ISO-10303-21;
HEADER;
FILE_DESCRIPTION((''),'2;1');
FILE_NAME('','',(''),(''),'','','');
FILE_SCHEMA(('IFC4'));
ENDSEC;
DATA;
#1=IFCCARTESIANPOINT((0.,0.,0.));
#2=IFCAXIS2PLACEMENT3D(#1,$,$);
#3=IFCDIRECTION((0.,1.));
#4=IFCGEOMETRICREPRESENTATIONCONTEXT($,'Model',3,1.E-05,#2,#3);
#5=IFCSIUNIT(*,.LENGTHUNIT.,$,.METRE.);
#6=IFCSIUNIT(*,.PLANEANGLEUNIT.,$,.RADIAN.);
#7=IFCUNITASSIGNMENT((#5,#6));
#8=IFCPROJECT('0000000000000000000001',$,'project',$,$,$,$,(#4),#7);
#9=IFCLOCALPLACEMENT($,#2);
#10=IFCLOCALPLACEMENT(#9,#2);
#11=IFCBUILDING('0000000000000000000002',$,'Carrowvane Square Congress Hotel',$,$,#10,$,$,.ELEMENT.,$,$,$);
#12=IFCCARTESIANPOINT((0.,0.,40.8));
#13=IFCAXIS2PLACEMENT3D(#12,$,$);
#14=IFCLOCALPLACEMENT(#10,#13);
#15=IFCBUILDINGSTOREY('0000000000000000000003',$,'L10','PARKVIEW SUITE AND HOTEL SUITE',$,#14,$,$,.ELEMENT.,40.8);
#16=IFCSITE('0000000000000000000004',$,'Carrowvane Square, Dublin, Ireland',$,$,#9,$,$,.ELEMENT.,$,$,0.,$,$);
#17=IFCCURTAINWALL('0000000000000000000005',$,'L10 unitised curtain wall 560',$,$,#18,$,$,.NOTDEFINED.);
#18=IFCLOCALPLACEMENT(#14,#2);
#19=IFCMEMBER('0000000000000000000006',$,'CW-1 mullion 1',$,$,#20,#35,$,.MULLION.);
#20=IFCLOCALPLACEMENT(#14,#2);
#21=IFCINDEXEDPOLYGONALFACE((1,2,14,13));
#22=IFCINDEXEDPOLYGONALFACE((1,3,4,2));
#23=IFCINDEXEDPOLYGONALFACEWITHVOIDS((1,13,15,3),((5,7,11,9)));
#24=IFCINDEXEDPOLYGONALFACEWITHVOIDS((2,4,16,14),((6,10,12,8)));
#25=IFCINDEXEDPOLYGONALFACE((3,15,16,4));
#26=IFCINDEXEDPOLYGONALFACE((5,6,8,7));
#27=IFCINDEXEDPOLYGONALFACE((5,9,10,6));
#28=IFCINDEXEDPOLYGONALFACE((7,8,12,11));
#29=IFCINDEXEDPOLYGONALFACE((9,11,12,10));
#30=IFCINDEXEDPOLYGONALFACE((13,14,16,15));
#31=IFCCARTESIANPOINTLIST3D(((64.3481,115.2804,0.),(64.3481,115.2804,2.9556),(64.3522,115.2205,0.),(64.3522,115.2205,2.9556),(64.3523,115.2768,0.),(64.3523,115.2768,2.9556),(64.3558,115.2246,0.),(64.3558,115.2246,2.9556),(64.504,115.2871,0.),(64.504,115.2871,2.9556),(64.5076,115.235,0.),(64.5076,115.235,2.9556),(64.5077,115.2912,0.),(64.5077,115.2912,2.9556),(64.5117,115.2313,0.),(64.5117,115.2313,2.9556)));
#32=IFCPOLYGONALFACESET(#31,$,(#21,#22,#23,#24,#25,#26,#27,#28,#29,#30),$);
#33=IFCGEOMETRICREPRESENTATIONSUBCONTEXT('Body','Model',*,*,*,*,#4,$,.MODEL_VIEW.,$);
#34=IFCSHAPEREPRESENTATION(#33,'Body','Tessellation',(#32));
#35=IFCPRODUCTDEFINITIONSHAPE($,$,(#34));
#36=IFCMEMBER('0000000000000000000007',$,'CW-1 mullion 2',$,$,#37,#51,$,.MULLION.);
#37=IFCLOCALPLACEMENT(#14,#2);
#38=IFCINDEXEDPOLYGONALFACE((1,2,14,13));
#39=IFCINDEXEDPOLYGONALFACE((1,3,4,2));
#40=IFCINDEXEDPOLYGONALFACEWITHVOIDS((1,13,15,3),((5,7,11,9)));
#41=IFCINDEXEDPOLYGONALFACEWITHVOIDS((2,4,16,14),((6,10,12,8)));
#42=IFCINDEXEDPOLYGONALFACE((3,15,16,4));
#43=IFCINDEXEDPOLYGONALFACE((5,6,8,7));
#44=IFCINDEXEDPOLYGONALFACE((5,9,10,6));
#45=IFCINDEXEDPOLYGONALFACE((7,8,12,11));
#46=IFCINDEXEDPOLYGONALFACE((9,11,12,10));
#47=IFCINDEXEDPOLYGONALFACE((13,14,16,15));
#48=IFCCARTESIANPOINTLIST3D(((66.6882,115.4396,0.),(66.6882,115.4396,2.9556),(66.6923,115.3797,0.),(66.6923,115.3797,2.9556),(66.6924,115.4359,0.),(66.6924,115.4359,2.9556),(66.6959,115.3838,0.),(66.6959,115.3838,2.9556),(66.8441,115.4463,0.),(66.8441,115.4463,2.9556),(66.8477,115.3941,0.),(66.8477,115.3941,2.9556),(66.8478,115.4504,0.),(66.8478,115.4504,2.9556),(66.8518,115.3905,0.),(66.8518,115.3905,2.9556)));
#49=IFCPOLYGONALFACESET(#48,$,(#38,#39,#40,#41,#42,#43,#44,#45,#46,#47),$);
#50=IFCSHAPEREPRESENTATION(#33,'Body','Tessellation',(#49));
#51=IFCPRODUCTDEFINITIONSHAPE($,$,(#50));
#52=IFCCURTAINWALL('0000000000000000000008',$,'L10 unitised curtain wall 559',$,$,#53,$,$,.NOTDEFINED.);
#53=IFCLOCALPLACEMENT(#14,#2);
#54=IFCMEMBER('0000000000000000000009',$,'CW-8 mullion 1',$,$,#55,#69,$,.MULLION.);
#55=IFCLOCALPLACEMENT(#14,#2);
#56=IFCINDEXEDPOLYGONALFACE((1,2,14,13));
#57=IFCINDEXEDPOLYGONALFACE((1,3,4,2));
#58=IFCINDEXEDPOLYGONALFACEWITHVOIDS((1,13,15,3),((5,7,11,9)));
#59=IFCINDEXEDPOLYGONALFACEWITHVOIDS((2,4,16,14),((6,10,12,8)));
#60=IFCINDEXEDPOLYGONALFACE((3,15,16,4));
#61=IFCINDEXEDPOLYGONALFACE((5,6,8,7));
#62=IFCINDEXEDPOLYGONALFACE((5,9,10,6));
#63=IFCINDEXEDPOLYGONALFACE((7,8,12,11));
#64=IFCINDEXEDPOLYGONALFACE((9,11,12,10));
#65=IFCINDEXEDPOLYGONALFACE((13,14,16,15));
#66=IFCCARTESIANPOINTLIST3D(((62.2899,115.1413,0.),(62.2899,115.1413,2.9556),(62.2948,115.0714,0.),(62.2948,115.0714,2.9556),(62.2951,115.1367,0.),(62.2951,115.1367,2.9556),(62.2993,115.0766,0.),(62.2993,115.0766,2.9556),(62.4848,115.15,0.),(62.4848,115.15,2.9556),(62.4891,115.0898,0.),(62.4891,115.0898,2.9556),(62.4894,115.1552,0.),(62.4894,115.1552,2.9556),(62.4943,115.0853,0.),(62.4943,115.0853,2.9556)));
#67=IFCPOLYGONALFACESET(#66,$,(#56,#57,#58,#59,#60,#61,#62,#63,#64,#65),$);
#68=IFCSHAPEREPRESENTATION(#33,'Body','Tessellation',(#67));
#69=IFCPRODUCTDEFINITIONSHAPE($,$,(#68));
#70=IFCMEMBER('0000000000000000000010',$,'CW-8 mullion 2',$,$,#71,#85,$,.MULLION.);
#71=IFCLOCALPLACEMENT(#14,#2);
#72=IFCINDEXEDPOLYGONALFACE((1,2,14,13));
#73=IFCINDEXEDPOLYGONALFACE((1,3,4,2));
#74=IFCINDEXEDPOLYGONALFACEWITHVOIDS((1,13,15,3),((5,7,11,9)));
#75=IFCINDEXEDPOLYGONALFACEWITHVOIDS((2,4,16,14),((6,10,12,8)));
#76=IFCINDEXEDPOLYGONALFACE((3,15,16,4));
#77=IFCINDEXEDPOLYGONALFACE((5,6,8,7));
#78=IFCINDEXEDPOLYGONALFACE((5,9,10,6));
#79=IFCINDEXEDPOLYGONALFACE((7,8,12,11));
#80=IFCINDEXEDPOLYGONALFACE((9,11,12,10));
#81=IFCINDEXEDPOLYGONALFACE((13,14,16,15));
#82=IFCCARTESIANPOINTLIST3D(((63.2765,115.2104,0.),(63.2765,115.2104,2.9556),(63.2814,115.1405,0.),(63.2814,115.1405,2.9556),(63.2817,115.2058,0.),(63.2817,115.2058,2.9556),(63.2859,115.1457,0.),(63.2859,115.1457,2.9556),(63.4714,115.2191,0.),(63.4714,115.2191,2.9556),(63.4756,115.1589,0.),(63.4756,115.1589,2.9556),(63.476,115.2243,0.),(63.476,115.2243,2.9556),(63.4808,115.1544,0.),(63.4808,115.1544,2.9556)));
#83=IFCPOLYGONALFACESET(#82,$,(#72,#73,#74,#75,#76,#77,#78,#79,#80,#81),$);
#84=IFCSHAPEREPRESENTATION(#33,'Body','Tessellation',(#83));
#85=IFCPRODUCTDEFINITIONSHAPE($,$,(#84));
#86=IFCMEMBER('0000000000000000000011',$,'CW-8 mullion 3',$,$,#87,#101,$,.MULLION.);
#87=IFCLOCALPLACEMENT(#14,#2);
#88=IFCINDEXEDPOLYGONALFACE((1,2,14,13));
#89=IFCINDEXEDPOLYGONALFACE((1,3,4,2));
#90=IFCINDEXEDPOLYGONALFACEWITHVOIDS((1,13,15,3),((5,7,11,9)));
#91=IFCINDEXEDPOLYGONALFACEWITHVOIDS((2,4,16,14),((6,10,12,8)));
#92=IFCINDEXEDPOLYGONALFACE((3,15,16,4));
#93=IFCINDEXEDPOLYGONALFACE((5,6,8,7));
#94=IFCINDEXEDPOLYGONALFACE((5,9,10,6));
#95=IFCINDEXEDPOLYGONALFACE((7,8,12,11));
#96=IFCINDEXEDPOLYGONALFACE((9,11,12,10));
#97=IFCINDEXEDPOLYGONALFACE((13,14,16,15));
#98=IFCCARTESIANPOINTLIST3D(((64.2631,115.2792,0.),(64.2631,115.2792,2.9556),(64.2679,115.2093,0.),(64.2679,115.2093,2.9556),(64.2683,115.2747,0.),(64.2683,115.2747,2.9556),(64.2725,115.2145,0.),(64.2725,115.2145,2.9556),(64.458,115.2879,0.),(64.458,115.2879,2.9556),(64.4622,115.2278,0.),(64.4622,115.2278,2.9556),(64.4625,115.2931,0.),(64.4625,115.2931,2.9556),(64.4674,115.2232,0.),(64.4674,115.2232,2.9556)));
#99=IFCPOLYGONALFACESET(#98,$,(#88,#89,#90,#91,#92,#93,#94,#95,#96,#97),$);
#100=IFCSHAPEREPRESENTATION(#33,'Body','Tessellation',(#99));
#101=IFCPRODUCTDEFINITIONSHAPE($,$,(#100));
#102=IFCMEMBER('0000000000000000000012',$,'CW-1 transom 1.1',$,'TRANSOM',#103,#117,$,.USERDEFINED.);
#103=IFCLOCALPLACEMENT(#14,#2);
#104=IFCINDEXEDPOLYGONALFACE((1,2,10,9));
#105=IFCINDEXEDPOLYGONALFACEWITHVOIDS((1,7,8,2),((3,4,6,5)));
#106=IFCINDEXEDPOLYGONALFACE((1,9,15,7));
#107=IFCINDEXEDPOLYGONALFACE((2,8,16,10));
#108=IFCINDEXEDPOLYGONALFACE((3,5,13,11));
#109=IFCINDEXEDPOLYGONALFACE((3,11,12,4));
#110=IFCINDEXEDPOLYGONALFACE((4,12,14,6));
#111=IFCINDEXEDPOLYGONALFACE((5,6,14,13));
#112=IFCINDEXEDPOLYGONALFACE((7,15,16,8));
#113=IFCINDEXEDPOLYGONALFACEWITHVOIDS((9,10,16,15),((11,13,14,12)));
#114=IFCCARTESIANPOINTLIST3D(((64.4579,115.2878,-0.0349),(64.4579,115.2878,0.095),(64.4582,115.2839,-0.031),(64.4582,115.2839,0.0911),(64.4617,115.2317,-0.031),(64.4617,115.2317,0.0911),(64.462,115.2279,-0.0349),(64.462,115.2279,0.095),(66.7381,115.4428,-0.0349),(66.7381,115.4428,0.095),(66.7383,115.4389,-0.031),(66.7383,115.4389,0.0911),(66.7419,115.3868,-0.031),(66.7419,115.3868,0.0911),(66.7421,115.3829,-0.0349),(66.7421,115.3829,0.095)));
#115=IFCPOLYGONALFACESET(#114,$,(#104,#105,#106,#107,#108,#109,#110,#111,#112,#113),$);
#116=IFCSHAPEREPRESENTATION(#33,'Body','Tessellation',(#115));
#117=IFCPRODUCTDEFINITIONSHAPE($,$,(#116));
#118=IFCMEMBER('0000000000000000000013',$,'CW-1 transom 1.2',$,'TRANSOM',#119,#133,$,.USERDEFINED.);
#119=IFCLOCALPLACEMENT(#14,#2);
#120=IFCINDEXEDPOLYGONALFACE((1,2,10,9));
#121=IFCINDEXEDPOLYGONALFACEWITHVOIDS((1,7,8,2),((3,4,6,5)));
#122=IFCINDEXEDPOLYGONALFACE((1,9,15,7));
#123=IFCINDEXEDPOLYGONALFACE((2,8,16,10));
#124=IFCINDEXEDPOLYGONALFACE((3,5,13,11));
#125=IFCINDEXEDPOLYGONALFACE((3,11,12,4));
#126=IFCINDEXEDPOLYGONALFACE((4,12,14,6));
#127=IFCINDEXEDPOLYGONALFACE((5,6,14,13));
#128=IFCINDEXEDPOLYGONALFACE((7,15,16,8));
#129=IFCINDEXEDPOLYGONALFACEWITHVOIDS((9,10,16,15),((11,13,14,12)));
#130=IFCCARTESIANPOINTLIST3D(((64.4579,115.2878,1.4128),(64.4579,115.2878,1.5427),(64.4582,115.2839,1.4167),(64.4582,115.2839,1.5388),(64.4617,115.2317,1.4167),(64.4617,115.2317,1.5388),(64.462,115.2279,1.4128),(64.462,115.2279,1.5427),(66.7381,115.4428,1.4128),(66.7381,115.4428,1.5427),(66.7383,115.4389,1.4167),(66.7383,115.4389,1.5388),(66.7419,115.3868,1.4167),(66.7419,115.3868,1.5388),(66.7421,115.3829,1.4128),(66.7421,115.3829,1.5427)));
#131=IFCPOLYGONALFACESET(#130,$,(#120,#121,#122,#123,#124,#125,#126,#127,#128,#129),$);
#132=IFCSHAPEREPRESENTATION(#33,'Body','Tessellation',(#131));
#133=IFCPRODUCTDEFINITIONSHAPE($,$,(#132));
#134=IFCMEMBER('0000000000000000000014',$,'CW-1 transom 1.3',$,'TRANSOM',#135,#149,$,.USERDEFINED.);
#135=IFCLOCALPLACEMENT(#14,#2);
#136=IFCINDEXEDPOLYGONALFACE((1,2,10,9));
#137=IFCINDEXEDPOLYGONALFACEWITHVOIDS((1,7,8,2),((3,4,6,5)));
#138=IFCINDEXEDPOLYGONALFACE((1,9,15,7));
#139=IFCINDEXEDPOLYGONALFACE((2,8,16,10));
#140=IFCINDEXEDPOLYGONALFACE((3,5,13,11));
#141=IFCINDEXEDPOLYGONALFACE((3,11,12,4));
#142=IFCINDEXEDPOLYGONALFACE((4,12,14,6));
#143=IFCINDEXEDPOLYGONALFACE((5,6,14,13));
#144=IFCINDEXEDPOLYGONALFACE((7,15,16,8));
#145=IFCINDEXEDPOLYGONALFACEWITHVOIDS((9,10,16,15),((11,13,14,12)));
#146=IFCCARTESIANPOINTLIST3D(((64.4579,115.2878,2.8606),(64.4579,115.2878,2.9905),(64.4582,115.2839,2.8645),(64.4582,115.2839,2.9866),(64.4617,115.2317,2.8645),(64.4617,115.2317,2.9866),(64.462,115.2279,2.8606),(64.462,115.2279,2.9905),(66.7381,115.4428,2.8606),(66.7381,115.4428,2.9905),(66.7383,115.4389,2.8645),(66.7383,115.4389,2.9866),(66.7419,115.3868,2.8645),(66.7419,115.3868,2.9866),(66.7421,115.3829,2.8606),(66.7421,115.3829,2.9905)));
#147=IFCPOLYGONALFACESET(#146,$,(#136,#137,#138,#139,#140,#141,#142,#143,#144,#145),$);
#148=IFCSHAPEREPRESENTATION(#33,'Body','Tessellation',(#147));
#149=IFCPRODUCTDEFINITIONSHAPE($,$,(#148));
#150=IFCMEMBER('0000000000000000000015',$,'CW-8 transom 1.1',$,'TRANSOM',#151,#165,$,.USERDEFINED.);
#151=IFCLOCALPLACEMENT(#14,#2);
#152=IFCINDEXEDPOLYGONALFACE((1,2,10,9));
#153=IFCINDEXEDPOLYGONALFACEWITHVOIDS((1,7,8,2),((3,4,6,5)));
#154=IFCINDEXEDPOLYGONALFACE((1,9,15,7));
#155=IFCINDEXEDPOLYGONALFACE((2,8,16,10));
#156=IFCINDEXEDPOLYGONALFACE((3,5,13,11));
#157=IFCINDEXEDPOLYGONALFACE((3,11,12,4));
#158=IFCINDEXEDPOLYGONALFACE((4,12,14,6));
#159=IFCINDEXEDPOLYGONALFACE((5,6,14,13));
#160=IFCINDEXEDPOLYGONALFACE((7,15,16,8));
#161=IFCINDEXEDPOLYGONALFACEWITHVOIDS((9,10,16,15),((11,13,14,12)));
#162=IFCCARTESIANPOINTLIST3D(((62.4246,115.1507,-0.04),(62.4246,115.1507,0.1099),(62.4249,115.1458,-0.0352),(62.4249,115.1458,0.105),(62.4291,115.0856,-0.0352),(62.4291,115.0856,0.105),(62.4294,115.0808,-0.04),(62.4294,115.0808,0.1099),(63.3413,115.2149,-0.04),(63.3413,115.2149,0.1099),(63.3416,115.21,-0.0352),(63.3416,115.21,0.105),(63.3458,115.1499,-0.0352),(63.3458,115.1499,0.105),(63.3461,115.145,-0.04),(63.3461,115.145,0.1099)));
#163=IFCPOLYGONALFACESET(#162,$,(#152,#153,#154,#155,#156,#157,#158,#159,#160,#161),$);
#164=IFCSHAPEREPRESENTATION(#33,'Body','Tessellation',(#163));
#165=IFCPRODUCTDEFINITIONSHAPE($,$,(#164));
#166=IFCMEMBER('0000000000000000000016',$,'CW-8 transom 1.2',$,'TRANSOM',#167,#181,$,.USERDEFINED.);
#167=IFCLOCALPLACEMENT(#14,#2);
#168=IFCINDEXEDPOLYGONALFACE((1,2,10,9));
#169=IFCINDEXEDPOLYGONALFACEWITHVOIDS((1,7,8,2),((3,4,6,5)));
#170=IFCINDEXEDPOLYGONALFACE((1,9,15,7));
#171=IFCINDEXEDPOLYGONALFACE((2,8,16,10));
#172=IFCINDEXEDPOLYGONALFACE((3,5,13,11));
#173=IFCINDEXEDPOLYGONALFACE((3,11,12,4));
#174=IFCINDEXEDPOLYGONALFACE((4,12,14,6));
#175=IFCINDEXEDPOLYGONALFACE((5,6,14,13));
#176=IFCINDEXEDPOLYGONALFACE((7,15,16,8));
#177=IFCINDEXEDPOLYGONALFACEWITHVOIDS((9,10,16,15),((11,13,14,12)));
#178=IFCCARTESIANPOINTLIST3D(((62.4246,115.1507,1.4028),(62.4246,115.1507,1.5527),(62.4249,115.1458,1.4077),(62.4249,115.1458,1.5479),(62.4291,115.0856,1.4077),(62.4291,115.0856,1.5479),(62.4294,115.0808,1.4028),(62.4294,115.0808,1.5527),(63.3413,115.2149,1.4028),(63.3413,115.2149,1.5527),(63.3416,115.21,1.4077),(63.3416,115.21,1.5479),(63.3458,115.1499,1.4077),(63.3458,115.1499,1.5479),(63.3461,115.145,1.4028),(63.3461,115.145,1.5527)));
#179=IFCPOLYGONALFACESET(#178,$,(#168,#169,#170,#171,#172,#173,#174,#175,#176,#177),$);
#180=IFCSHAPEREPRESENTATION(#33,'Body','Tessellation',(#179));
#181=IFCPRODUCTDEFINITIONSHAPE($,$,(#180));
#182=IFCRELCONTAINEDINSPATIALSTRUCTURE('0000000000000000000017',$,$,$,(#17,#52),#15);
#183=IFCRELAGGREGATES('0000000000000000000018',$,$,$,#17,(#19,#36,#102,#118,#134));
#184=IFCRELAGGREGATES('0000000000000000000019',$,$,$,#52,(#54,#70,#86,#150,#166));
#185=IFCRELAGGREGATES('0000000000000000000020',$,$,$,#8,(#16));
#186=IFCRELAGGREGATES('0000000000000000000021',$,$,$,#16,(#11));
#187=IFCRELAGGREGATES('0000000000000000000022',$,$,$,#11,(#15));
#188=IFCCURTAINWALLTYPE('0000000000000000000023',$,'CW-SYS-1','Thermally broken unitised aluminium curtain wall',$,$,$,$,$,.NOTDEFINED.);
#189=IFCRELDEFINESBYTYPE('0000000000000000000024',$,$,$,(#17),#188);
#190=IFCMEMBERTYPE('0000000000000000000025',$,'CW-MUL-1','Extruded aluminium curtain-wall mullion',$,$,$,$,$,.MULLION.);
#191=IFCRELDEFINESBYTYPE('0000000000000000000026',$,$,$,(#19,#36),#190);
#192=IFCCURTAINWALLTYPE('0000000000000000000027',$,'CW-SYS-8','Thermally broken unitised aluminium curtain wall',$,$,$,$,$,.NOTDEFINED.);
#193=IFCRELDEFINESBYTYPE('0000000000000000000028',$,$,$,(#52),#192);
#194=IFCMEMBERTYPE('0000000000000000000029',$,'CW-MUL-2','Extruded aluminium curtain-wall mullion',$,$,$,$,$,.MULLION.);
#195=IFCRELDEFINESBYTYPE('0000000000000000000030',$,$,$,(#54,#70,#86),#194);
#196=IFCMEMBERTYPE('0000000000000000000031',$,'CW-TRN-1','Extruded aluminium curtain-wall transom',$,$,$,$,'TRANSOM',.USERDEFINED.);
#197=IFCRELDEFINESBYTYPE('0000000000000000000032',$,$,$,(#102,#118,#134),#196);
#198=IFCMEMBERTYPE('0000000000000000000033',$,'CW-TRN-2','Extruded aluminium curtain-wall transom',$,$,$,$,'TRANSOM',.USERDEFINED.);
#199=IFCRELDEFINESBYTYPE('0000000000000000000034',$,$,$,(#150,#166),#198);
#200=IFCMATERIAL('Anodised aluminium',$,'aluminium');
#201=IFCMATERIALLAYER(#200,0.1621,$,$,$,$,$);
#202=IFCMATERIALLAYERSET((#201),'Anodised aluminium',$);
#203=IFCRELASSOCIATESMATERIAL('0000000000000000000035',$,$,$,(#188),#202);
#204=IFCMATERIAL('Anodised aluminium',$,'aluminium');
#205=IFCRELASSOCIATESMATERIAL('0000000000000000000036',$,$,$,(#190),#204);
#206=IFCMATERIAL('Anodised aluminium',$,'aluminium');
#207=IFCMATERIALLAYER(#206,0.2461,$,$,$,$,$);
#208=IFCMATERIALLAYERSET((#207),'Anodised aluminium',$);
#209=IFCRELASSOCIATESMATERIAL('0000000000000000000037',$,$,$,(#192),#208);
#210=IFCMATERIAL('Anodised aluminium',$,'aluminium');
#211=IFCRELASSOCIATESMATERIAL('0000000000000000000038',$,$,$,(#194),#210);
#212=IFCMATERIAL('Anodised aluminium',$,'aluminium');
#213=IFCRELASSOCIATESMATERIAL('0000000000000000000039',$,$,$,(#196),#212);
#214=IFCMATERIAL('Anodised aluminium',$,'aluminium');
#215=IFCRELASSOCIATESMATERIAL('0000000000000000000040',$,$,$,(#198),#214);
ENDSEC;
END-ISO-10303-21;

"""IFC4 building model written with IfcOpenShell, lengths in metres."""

from ifc_helpers import new_model, si_unit, direction, frame, origin, origin_2d, place, context, subcontext, project, spatial, hollow_rectangle, extrude, material, layer, layer_set, material_profile, profile_set, type_object, element, aggregate, save


model = new_model("IFC4")

# Units and contexts
model_context = context("Model", 3, precision=1e-05, world=origin(), true_north=direction((0.0, 1.0)))
body_context = subcontext(model_context, "Body", "Model", "MODEL_VIEW")
ifc_project = project(units=[si_unit("LENGTHUNIT", "METRE"), si_unit("PLANEANGLEUNIT", "RADIAN")], contexts=[model_context])

# Site, building, storey
site_placement = place(None, origin())
site = spatial("IfcSite", under=ifc_project, at=site_placement, Name="Carrowvane Square, Dublin, Ireland", CompositionType="ELEMENT", RefElevation=0.0)
building_placement = place(site_placement, origin())
building = spatial("IfcBuilding", under=site, at=building_placement, Name="Carrowvane Square Congress Hotel", CompositionType="ELEMENT")
storey_placement = place(building_placement, frame((0.0, 0.0, 40.8)))
storey = spatial("IfcBuildingStorey", under=building, at=storey_placement, Name="L10", Description="PARKVIEW SUITE AND HOTEL SUITE", CompositionType="ELEMENT", Elevation=40.8)

# Curtain walls, members
ifc_material_1 = material(Name="Anodised aluminium", Category="aluminium")
ifc_layer_1 = layer(ifc_material_1, 0.1621)
ifc_layer_set_1 = layer_set([ifc_layer_1], Name="Anodised aluminium")
curtain_wall_type_1 = type_object("IfcCurtainWallType", Name="CW-SYS-1", Description="Thermally broken unitised aluminium curtain wall", PredefinedType="NOTDEFINED", material=ifc_layer_set_1)
curtain_wall_1_placement = place(storey_placement, origin())
curtain_wall_1 = element("IfcCurtainWall", 1, at=curtain_wall_1_placement, inside=storey, type_object=curtain_wall_type_1, Name="L10 unitised curtain wall 560", PredefinedType="NOTDEFINED")
ifc_material_2 = material(Name="Anodised aluminium", Category="aluminium")
ifc_material_profile_1 = material_profile(ifc_material_2, hollow_rectangle(XDim=0.0601, YDim=0.1599, WallThickness=0.0039, at=origin_2d()), Name="CW-ML 60x160x4")
ifc_profile_set_1 = profile_set([ifc_material_profile_1], Name="Anodised aluminium")
member_type_1 = type_object("IfcMemberType", Name="CW-MUL-1", Description="Extruded aluminium curtain-wall mullion", PredefinedType="MULLION", material=ifc_profile_set_1)
member_1_placement = place(storey_placement, frame((64.4299, 115.2559, 0.0), z_axis=(0.0, 0.0, 1.0), x_axis=(-0.067865, 0.997694, 0.0)))
member_1 = element("IfcMember", 2, at=member_1_placement, type_object=member_type_1, Name="CW-1 mullion 1", PredefinedType="MULLION", context=body_context, shape_type="SweptSolid", body=[
    extrude(hollow_rectangle(XDim=0.0601, YDim=0.1599, WallThickness=0.0039, at=origin_2d()), origin(), (0.0, 0.0, 1.0), 2.9556),
])
member_2_placement = place(storey_placement, frame((66.77, 115.415, 0.0), z_axis=(0.0, 0.0, 1.0), x_axis=(-0.067865, 0.997694, 0.0)))
member_2 = element("IfcMember", 3, at=member_2_placement, type_object=member_type_1, Name="CW-1 mullion 2", PredefinedType="MULLION", context=body_context, shape_type="SweptSolid", body=[
    extrude(hollow_rectangle(XDim=0.0601, YDim=0.1599, WallThickness=0.0039, at=origin_2d()), origin(), (0.0, 0.0, 1.0), 2.9556),
])
ifc_material_3 = material(Name="Anodised aluminium", Category="aluminium")
ifc_layer_2 = layer(ifc_material_3, 0.2461)
ifc_layer_set_2 = layer_set([ifc_layer_2], Name="Anodised aluminium")
curtain_wall_type_2 = type_object("IfcCurtainWallType", Name="CW-SYS-8", Description="Thermally broken unitised aluminium curtain wall", PredefinedType="NOTDEFINED", material=ifc_layer_set_2)
curtain_wall_2_placement = place(storey_placement, origin())
curtain_wall_2 = element("IfcCurtainWall", 4, at=curtain_wall_2_placement, inside=storey, type_object=curtain_wall_type_2, Name="L10 unitised curtain wall 559", PredefinedType="NOTDEFINED")
ifc_material_4 = material(Name="Anodised aluminium", Category="aluminium")
ifc_material_profile_2 = material_profile(ifc_material_4, hollow_rectangle(XDim=0.0701, YDim=0.2, WallThickness=0.0049, at=origin_2d()), Name="CW-ML 70x200x5")
ifc_profile_set_2 = profile_set([ifc_material_profile_2], Name="Anodised aluminium")
member_type_2 = type_object("IfcMemberType", Name="CW-MUL-2", Description="Extruded aluminium curtain-wall mullion", PredefinedType="MULLION", material=ifc_profile_set_2)
member_3_placement = place(storey_placement, frame((62.3921, 115.1133, 0.0), z_axis=(0.0, 0.0, 1.0), x_axis=(-0.069724, 0.997566, 0.0)))
member_3 = element("IfcMember", 5, at=member_3_placement, type_object=member_type_2, Name="CW-8 mullion 1", PredefinedType="MULLION", context=body_context, shape_type="SweptSolid", body=[
    extrude(hollow_rectangle(XDim=0.0701, YDim=0.2, WallThickness=0.0049, at=origin_2d()), origin(), (0.0, 0.0, 1.0), 2.9556),
])
member_4_placement = place(storey_placement, frame((63.3787, 115.1824, 0.0), z_axis=(0.0, 0.0, 1.0), x_axis=(-0.069724, 0.997566, 0.0)))
member_4 = element("IfcMember", 6, at=member_4_placement, type_object=member_type_2, Name="CW-8 mullion 2", PredefinedType="MULLION", context=body_context, shape_type="SweptSolid", body=[
    extrude(hollow_rectangle(XDim=0.0701, YDim=0.2, WallThickness=0.0049, at=origin_2d()), origin(), (0.0, 0.0, 1.0), 2.9556),
])
member_5_placement = place(storey_placement, frame((64.3652, 115.2512, 0.0), z_axis=(0.0, 0.0, 1.0), x_axis=(-0.069724, 0.997566, 0.0)))
member_5 = element("IfcMember", 7, at=member_5_placement, type_object=member_type_2, Name="CW-8 mullion 3", PredefinedType="MULLION", context=body_context, shape_type="SweptSolid", body=[
    extrude(hollow_rectangle(XDim=0.0701, YDim=0.2, WallThickness=0.0049, at=origin_2d()), origin(), (0.0, 0.0, 1.0), 2.9556),
])

# Members
ifc_material_5 = material(Name="Anodised aluminium", Category="aluminium")
ifc_material_profile_3 = material_profile(ifc_material_5, hollow_rectangle(XDim=0.0601, YDim=0.1299, WallThickness=0.0039, at=origin_2d()), Name="CW-TR 60x130x4")
ifc_profile_set_3 = profile_set([ifc_material_profile_3], Name="Anodised aluminium")
member_type_3 = type_object("IfcMemberType", Name="CW-TRN-1", Description="Extruded aluminium curtain-wall transom", ElementType="TRANSOM", PredefinedType="USERDEFINED", material=ifc_profile_set_3)
member_6_placement = place(storey_placement, frame((64.46, 115.2578, 0.03), z_axis=(0.997696, 0.067838, 0.0), x_axis=(-0.067838, 0.997696, 0.0)))
member_6 = element("IfcMember", 8, at=member_6_placement, type_object=member_type_3, Name="CW-1 transom 1.1", ObjectType="TRANSOM", PredefinedType="USERDEFINED", context=body_context, shape_type="SweptSolid", body=[
    extrude(hollow_rectangle(XDim=0.0601, YDim=0.1299, WallThickness=0.0039, at=origin_2d()), origin(), (0.0, 0.0, 1.0), 2.2854),
])
member_7_placement = place(storey_placement, frame((64.46, 115.2578, 1.4778), z_axis=(0.997696, 0.067838, 0.0), x_axis=(-0.067838, 0.997696, 0.0)))
member_7 = element("IfcMember", 9, at=member_7_placement, type_object=member_type_3, Name="CW-1 transom 1.2", ObjectType="TRANSOM", PredefinedType="USERDEFINED", context=body_context, shape_type="SweptSolid", body=[
    extrude(hollow_rectangle(XDim=0.0601, YDim=0.1299, WallThickness=0.0039, at=origin_2d()), origin(), (0.0, 0.0, 1.0), 2.2854),
])
member_8_placement = place(storey_placement, frame((64.46, 115.2578, 2.9255), z_axis=(0.997696, 0.067838, 0.0), x_axis=(-0.067838, 0.997696, 0.0)))
member_8 = element("IfcMember", 10, at=member_8_placement, type_object=member_type_3, Name="CW-1 transom 1.3", ObjectType="TRANSOM", PredefinedType="USERDEFINED", context=body_context, shape_type="SweptSolid", body=[
    extrude(hollow_rectangle(XDim=0.0601, YDim=0.1299, WallThickness=0.0039, at=origin_2d()), origin(), (0.0, 0.0, 1.0), 2.2854),
])
ifc_material_6 = material(Name="Anodised aluminium", Category="aluminium")
ifc_material_profile_4 = material_profile(ifc_material_6, hollow_rectangle(XDim=0.0701, YDim=0.1499, WallThickness=0.0049, at=origin_2d()), Name="CW-TR 70x150x5")
ifc_profile_set_4 = profile_set([ifc_material_profile_4], Name="Anodised aluminium")
member_type_4 = type_object("IfcMemberType", Name="CW-TRN-2", Description="Extruded aluminium curtain-wall transom", ElementType="TRANSOM", PredefinedType="USERDEFINED", material=ifc_profile_set_4)
member_9_placement = place(storey_placement, frame((62.427, 115.1157, 0.0349), z_axis=(0.997556, 0.069869, 0.0), x_axis=(-0.069869, 0.997556, 0.0)))
member_9 = element("IfcMember", 11, at=member_9_placement, type_object=member_type_4, Name="CW-8 transom 1.1", ObjectType="TRANSOM", PredefinedType="USERDEFINED", context=body_context, shape_type="SweptSolid", body=[
    extrude(hollow_rectangle(XDim=0.0701, YDim=0.1499, WallThickness=0.0049, at=origin_2d()), origin(), (0.0, 0.0, 1.0), 0.9189),
])
member_10_placement = place(storey_placement, frame((62.427, 115.1157, 1.4778), z_axis=(0.997556, 0.069869, 0.0), x_axis=(-0.069869, 0.997556, 0.0)))
member_10 = element("IfcMember", 12, at=member_10_placement, type_object=member_type_4, Name="CW-8 transom 1.2", ObjectType="TRANSOM", PredefinedType="USERDEFINED", context=body_context, shape_type="SweptSolid", body=[
    extrude(hollow_rectangle(XDim=0.0701, YDim=0.1499, WallThickness=0.0049, at=origin_2d()), origin(), (0.0, 0.0, 1.0), 0.9189),
])

aggregate(curtain_wall_1, [member_1, member_2, member_6, member_7, member_8])
aggregate(curtain_wall_2, [member_3, member_4, member_5, member_9, member_10])

save(model, "model.ifc")
